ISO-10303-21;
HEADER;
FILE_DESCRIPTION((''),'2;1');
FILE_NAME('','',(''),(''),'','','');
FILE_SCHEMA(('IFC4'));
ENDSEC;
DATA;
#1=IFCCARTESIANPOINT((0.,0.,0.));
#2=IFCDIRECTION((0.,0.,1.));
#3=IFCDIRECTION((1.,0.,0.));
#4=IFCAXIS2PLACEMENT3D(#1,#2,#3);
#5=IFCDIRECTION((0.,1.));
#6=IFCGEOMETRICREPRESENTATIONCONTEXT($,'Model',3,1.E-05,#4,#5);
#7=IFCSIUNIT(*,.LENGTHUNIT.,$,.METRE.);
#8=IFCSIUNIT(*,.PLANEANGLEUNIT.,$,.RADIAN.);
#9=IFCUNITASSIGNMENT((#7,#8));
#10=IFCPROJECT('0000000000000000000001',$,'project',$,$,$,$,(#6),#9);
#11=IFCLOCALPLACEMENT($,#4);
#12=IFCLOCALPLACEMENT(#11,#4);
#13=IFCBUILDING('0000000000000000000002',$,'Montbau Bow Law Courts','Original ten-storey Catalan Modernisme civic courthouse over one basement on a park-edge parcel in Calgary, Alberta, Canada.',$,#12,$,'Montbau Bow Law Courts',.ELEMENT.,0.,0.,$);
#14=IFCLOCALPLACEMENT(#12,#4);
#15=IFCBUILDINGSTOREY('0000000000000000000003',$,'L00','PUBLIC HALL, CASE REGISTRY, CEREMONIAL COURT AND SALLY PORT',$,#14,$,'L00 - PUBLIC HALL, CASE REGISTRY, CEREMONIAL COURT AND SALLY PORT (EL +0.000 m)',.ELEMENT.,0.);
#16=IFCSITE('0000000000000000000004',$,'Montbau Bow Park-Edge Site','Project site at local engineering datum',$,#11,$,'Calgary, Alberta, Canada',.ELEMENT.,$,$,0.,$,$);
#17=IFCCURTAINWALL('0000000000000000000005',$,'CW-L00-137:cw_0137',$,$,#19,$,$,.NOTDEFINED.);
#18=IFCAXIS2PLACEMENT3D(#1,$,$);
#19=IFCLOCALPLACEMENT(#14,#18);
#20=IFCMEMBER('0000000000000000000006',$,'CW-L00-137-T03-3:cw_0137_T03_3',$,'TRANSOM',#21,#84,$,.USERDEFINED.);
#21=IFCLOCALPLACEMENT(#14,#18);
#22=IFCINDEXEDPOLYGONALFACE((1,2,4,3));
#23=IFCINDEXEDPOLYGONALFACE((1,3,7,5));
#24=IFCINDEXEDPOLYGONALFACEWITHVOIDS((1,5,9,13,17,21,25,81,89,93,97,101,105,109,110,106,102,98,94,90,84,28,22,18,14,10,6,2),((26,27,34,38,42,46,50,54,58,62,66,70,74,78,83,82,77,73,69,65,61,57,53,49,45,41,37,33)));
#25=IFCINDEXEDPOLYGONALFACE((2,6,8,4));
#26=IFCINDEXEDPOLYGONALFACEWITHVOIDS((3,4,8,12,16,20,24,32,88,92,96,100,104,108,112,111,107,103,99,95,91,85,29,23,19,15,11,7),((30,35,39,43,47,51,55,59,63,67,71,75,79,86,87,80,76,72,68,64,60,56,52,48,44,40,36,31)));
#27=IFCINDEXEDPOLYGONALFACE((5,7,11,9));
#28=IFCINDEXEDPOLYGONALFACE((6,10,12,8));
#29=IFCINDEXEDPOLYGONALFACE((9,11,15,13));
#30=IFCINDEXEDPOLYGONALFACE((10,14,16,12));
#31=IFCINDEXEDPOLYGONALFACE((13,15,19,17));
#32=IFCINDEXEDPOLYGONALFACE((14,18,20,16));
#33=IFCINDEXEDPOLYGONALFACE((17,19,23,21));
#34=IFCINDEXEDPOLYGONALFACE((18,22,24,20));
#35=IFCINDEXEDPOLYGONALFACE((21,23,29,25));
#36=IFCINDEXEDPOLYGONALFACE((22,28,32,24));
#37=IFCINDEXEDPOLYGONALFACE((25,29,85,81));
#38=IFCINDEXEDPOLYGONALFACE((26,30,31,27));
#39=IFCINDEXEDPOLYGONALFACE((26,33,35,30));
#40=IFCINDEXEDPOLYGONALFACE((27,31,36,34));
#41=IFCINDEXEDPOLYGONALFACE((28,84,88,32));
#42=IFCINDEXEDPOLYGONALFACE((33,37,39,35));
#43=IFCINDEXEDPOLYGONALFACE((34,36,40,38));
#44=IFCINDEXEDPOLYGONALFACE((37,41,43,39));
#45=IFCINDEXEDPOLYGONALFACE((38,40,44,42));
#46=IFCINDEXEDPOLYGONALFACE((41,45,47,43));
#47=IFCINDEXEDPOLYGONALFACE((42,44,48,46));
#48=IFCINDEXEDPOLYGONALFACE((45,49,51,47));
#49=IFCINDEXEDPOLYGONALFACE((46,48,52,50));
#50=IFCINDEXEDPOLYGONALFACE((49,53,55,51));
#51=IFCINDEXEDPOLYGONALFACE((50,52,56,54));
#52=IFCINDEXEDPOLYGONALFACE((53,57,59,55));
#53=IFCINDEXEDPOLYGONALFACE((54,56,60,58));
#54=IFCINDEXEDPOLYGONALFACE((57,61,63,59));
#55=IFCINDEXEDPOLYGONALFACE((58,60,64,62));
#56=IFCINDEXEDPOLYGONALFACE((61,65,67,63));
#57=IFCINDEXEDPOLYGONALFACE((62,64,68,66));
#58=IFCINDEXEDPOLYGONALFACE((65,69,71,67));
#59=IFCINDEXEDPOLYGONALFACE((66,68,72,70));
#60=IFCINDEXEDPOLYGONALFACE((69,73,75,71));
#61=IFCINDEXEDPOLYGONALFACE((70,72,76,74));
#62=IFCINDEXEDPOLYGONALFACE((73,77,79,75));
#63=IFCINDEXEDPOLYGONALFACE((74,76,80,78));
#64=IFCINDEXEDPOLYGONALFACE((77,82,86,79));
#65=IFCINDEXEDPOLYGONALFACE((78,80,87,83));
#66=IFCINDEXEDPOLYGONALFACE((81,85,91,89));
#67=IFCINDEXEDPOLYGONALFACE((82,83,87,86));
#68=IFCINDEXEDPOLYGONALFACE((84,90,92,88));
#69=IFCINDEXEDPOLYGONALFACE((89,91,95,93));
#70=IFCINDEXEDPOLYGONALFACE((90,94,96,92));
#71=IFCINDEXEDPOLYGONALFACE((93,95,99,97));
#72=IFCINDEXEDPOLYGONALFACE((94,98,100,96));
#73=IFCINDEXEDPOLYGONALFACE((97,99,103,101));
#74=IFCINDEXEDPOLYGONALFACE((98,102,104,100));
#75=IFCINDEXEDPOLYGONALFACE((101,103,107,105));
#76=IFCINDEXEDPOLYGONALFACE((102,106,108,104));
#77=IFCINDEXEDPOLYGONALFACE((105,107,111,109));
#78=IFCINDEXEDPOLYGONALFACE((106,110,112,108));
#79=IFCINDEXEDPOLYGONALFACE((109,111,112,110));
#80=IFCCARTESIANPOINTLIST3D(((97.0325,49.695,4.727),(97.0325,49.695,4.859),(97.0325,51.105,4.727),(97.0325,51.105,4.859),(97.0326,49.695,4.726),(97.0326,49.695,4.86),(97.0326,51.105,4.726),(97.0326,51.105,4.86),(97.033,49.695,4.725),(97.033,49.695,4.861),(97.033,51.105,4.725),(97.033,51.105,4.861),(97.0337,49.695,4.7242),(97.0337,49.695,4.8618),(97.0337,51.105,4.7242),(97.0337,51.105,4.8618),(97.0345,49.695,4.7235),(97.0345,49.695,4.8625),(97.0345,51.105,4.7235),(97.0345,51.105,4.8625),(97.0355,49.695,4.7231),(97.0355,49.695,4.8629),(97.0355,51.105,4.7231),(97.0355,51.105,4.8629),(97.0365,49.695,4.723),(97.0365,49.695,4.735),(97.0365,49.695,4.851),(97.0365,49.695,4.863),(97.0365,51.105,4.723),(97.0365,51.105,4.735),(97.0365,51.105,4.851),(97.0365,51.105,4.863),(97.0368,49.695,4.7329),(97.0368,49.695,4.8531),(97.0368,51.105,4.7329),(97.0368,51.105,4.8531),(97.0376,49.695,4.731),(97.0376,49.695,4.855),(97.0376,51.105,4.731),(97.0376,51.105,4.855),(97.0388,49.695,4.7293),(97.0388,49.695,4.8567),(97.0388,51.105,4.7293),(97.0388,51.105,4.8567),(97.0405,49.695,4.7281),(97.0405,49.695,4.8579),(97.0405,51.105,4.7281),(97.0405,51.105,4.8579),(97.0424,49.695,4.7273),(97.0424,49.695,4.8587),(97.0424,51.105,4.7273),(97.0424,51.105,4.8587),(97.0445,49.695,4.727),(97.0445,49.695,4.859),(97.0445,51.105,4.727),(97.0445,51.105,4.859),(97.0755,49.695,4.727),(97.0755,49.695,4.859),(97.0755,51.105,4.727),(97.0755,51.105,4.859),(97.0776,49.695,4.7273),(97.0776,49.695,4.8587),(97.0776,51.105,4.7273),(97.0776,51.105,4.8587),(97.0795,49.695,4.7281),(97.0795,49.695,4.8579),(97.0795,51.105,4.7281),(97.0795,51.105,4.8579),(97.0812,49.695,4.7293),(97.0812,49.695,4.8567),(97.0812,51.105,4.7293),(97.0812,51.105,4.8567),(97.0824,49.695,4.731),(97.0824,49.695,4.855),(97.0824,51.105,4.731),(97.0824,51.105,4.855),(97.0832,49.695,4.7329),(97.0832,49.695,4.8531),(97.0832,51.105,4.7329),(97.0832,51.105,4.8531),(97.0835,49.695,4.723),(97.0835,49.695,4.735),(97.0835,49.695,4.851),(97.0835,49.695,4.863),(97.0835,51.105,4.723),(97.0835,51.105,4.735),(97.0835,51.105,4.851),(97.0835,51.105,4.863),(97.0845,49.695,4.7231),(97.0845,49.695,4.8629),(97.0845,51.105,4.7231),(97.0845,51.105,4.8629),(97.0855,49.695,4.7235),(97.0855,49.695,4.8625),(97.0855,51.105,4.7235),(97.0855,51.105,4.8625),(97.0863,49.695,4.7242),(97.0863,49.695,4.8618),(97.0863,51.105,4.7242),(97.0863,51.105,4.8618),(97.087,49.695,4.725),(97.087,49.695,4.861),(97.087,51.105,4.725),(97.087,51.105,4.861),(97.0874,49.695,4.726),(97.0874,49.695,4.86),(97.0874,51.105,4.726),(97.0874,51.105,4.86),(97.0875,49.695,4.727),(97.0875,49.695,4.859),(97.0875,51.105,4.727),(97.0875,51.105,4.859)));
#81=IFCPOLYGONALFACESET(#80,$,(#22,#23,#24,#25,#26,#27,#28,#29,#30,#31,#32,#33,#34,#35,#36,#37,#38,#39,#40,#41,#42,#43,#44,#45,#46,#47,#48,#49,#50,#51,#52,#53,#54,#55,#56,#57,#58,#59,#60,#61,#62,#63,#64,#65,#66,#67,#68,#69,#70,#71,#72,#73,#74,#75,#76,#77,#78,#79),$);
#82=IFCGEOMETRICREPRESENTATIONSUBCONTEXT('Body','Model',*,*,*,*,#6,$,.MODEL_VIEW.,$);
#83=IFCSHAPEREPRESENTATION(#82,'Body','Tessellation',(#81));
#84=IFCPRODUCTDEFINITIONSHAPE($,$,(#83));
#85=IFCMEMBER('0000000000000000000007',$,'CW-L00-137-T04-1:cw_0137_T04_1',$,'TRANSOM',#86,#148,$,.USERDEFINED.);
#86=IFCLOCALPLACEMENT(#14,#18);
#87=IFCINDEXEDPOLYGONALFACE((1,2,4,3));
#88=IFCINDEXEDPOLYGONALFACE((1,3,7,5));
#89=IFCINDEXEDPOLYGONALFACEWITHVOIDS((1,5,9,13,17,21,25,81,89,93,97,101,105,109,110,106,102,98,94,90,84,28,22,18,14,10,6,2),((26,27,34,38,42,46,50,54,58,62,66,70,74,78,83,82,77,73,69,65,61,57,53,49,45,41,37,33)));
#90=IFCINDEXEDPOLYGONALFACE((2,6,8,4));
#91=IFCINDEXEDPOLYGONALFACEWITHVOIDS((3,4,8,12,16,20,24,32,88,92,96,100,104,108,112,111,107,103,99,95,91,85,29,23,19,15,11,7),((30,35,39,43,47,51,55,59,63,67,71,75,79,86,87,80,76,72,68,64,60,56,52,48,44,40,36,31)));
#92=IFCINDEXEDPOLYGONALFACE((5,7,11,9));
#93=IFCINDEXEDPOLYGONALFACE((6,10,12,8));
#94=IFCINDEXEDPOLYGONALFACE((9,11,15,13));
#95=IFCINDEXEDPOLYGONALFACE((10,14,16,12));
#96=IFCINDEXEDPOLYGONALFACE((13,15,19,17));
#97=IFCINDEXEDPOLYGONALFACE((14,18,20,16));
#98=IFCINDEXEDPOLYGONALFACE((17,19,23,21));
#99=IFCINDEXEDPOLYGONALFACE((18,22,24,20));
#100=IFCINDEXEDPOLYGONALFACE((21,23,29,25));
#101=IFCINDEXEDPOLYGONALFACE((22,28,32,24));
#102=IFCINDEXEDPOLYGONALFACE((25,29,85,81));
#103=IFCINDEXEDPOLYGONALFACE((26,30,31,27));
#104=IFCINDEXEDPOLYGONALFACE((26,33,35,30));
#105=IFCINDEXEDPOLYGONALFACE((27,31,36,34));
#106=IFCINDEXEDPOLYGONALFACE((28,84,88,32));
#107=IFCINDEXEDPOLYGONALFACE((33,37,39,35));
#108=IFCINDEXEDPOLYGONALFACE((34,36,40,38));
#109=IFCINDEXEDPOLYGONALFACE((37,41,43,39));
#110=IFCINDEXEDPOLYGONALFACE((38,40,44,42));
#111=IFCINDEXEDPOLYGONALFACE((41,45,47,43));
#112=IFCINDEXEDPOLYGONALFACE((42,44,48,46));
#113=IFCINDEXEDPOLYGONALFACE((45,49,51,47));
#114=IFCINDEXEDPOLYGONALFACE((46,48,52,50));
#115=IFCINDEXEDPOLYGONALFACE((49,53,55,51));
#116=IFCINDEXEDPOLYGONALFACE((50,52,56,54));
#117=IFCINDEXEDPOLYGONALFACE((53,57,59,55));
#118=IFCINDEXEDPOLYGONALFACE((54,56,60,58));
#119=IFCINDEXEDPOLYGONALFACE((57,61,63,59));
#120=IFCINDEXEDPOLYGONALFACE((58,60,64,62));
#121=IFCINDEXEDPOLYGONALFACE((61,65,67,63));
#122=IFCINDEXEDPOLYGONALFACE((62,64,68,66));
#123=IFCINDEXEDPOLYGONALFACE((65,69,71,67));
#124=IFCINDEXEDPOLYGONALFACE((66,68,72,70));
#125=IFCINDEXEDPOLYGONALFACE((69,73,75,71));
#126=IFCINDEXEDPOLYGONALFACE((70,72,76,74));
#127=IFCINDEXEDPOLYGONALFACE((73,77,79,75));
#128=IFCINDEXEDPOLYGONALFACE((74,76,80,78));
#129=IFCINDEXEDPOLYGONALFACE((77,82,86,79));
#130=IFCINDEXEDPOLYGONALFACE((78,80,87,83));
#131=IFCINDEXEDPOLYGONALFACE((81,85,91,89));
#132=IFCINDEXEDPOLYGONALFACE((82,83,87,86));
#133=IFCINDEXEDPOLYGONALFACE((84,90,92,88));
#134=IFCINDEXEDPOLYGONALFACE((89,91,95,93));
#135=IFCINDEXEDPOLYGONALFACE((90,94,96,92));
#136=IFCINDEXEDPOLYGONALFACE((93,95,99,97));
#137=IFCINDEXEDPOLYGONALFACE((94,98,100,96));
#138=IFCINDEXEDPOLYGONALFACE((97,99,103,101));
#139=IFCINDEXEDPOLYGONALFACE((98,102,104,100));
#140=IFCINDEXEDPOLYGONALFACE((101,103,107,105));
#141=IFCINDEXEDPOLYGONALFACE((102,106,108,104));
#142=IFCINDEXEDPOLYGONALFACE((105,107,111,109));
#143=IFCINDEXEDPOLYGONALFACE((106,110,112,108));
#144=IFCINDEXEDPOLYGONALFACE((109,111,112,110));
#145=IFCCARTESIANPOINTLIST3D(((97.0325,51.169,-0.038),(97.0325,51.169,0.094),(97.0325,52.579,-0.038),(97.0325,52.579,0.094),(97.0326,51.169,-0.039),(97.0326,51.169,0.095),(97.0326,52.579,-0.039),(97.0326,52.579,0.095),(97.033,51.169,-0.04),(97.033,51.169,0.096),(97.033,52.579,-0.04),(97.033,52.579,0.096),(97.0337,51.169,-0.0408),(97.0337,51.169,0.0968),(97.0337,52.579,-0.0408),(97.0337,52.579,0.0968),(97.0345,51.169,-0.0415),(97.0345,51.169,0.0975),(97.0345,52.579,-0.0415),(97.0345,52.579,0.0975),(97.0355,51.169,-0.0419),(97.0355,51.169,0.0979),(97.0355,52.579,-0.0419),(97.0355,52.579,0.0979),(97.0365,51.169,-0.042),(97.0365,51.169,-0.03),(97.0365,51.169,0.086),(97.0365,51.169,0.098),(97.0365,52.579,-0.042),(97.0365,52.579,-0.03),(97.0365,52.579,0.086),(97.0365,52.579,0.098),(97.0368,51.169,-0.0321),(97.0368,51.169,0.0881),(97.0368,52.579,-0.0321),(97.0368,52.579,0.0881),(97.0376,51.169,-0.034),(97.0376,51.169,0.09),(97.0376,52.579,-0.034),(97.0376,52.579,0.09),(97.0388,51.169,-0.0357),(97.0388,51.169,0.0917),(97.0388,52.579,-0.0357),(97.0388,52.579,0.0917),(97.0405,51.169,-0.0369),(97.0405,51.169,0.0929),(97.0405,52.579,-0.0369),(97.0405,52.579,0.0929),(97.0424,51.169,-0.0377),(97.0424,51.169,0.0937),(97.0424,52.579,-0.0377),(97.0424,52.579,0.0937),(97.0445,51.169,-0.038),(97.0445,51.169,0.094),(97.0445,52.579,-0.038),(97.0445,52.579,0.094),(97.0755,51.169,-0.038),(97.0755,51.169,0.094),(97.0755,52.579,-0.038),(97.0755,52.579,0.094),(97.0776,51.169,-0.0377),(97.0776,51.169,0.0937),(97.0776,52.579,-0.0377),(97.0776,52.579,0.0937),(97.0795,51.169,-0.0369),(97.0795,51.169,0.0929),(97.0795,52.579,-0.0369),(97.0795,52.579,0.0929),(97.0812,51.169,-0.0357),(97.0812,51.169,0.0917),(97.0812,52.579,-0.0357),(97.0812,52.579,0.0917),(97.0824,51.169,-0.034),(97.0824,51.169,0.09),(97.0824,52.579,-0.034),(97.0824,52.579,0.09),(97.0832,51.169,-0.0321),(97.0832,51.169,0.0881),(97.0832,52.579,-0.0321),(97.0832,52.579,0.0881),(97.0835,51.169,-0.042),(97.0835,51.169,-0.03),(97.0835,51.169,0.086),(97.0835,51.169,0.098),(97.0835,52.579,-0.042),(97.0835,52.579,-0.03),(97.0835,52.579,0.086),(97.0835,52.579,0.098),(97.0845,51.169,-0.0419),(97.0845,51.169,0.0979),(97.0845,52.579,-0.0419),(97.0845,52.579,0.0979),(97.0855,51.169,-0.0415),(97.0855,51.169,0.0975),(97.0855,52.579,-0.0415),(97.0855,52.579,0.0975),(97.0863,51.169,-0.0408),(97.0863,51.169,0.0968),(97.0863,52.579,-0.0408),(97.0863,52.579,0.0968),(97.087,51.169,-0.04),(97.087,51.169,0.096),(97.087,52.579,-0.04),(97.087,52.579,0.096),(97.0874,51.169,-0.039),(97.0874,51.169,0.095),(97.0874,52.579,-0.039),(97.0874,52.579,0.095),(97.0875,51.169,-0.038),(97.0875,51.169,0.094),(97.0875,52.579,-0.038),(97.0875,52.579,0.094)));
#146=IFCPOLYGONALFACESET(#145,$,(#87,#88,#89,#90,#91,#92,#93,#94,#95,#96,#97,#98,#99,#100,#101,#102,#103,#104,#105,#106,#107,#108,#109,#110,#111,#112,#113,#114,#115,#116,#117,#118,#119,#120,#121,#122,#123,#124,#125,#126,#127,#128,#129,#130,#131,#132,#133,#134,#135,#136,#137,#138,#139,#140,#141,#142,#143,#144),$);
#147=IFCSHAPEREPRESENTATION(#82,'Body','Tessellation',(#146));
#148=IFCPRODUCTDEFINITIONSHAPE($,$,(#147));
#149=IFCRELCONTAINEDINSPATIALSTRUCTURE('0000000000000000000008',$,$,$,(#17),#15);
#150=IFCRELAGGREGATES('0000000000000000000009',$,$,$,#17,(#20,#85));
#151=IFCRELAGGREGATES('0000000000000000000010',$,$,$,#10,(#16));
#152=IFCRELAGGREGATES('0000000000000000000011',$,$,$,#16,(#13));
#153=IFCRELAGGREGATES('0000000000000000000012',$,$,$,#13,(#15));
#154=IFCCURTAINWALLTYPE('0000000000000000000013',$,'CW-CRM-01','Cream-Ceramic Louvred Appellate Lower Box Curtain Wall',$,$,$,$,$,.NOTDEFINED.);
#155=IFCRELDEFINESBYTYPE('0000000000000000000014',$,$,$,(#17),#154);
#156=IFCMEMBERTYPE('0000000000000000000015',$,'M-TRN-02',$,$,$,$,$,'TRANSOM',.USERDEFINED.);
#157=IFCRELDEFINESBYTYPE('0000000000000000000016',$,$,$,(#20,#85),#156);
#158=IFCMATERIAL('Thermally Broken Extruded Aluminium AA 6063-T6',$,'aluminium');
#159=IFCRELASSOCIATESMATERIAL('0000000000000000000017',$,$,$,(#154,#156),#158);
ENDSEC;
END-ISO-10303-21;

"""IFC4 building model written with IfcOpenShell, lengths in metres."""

from ifc_helpers import new_model, si_unit, direction, frame, origin_with_axes, origin_2d_with_axis, place, context, subcontext, project, spatial, hollow_rectangle, extrude, material, material_profile, profile_set, type_object, element, aggregate, save


model = new_model("IFC4")

# Units and contexts
model_context = context("Model", 3, precision=1e-05, world=origin_with_axes(), true_north=direction((0.0, 1.0)))
body_context = subcontext(model_context, "Body", "Model", "MODEL_VIEW")
ifc_project = project(units=[si_unit("LENGTHUNIT", "METRE"), si_unit("PLANEANGLEUNIT", "RADIAN")], contexts=[model_context])

# Site, building, storey
site_placement = place(None, origin_with_axes())
site = spatial("IfcSite", under=ifc_project, at=site_placement, Name="Montbau Bow Park-Edge Site", Description="Project site at local engineering datum", LongName="Calgary, Alberta, Canada", CompositionType="ELEMENT", RefElevation=0.0)
building_placement = place(site_placement, origin_with_axes())
building = spatial("IfcBuilding", under=site, at=building_placement, Name="Montbau Bow Law Courts", Description="Original ten-storey Catalan Modernisme civic courthouse over one basement on a park-edge parcel in Calgary, Alberta, Canada.", LongName="Montbau Bow Law Courts", CompositionType="ELEMENT", ElevationOfRefHeight=0.0, ElevationOfTerrain=0.0)
storey_placement = place(building_placement, origin_with_axes())
storey = spatial("IfcBuildingStorey", under=building, at=storey_placement, Name="L00", Description="PUBLIC HALL, CASE REGISTRY, CEREMONIAL COURT AND SALLY PORT", LongName="L00 - PUBLIC HALL, CASE REGISTRY, CEREMONIAL COURT AND SALLY PORT (EL +0.000 m)", CompositionType="ELEMENT", Elevation=0.0)

# Curtain wall, members
ifc_material_1 = material(Name="Thermally Broken Extruded Aluminium AA 6063-T6", Category="aluminium")
curtain_wall_type = type_object("IfcCurtainWallType", Name="CW-CRM-01", Description="Cream-Ceramic Louvred Appellate Lower Box Curtain Wall", PredefinedType="NOTDEFINED", material=ifc_material_1)
curtain_wall_placement = place(None, frame((97.06, 46.715, 0.0), z_axis=(0.0, 0.0, 1.0), x_axis=(1.0, 0.0, 0.0)))
curtain_wall = element("IfcCurtainWall", 1, at=curtain_wall_placement, inside=storey, type_object=curtain_wall_type, Name="CW-L00-137:cw_0137", PredefinedType="NOTDEFINED")
ifc_material_profile_1 = material_profile(ifc_material_1, hollow_rectangle(XDim=0.055, YDim=0.14, WallThickness=0.004, InnerFilletRadius=0.008, OuterFilletRadius=0.004, at=origin_2d_with_axis()), Name="CWT-140X55", Category="Main", Priority=0)
ifc_profile_set_1 = profile_set([ifc_material_profile_1], Name="Thermally Broken Extruded Aluminium AA 6063-T6")
member_type_1 = type_object("IfcMemberType", Name="M-TRN-02", ElementType="TRANSOM", PredefinedType="USERDEFINED", material=ifc_profile_set_1)
member_1_placement = place(None, frame((97.06, 49.695, 4.793), z_axis=(0.0, 1.0, 0.0), x_axis=(-1.0, 0.0, 0.0)))
member_1 = element("IfcMember", 2, at=member_1_placement, type_object=member_type_1, Name="CW-L00-137-T03-3:cw_0137_T03_3", ObjectType="TRANSOM", PredefinedType="USERDEFINED", context=body_context, shape_type="SweptSolid", body=[
    extrude(hollow_rectangle(XDim=0.055, YDim=0.14, WallThickness=0.004, InnerFilletRadius=0.008, OuterFilletRadius=0.004, at=origin_2d_with_axis()), origin_with_axes(), (0.0, 0.0, 1.0), 1.41),
])
member_2_placement = place(None, frame((97.06, 51.169, 0.028), z_axis=(0.0, 1.0, 0.0), x_axis=(-1.0, 0.0, 0.0)))
member_2 = element("IfcMember", 3, at=member_2_placement, type_object=member_type_1, Name="CW-L00-137-T04-1:cw_0137_T04_1", ObjectType="TRANSOM", PredefinedType="USERDEFINED", context=body_context, shape_type="SweptSolid", body=[
    extrude(hollow_rectangle(XDim=0.055, YDim=0.14, WallThickness=0.004, InnerFilletRadius=0.008, OuterFilletRadius=0.004, at=origin_2d_with_axis()), origin_with_axes(), (0.0, 0.0, 1.0), 1.41),
])
aggregate(curtain_wall, [member_1, member_2])

save(model, "model.ifc")
